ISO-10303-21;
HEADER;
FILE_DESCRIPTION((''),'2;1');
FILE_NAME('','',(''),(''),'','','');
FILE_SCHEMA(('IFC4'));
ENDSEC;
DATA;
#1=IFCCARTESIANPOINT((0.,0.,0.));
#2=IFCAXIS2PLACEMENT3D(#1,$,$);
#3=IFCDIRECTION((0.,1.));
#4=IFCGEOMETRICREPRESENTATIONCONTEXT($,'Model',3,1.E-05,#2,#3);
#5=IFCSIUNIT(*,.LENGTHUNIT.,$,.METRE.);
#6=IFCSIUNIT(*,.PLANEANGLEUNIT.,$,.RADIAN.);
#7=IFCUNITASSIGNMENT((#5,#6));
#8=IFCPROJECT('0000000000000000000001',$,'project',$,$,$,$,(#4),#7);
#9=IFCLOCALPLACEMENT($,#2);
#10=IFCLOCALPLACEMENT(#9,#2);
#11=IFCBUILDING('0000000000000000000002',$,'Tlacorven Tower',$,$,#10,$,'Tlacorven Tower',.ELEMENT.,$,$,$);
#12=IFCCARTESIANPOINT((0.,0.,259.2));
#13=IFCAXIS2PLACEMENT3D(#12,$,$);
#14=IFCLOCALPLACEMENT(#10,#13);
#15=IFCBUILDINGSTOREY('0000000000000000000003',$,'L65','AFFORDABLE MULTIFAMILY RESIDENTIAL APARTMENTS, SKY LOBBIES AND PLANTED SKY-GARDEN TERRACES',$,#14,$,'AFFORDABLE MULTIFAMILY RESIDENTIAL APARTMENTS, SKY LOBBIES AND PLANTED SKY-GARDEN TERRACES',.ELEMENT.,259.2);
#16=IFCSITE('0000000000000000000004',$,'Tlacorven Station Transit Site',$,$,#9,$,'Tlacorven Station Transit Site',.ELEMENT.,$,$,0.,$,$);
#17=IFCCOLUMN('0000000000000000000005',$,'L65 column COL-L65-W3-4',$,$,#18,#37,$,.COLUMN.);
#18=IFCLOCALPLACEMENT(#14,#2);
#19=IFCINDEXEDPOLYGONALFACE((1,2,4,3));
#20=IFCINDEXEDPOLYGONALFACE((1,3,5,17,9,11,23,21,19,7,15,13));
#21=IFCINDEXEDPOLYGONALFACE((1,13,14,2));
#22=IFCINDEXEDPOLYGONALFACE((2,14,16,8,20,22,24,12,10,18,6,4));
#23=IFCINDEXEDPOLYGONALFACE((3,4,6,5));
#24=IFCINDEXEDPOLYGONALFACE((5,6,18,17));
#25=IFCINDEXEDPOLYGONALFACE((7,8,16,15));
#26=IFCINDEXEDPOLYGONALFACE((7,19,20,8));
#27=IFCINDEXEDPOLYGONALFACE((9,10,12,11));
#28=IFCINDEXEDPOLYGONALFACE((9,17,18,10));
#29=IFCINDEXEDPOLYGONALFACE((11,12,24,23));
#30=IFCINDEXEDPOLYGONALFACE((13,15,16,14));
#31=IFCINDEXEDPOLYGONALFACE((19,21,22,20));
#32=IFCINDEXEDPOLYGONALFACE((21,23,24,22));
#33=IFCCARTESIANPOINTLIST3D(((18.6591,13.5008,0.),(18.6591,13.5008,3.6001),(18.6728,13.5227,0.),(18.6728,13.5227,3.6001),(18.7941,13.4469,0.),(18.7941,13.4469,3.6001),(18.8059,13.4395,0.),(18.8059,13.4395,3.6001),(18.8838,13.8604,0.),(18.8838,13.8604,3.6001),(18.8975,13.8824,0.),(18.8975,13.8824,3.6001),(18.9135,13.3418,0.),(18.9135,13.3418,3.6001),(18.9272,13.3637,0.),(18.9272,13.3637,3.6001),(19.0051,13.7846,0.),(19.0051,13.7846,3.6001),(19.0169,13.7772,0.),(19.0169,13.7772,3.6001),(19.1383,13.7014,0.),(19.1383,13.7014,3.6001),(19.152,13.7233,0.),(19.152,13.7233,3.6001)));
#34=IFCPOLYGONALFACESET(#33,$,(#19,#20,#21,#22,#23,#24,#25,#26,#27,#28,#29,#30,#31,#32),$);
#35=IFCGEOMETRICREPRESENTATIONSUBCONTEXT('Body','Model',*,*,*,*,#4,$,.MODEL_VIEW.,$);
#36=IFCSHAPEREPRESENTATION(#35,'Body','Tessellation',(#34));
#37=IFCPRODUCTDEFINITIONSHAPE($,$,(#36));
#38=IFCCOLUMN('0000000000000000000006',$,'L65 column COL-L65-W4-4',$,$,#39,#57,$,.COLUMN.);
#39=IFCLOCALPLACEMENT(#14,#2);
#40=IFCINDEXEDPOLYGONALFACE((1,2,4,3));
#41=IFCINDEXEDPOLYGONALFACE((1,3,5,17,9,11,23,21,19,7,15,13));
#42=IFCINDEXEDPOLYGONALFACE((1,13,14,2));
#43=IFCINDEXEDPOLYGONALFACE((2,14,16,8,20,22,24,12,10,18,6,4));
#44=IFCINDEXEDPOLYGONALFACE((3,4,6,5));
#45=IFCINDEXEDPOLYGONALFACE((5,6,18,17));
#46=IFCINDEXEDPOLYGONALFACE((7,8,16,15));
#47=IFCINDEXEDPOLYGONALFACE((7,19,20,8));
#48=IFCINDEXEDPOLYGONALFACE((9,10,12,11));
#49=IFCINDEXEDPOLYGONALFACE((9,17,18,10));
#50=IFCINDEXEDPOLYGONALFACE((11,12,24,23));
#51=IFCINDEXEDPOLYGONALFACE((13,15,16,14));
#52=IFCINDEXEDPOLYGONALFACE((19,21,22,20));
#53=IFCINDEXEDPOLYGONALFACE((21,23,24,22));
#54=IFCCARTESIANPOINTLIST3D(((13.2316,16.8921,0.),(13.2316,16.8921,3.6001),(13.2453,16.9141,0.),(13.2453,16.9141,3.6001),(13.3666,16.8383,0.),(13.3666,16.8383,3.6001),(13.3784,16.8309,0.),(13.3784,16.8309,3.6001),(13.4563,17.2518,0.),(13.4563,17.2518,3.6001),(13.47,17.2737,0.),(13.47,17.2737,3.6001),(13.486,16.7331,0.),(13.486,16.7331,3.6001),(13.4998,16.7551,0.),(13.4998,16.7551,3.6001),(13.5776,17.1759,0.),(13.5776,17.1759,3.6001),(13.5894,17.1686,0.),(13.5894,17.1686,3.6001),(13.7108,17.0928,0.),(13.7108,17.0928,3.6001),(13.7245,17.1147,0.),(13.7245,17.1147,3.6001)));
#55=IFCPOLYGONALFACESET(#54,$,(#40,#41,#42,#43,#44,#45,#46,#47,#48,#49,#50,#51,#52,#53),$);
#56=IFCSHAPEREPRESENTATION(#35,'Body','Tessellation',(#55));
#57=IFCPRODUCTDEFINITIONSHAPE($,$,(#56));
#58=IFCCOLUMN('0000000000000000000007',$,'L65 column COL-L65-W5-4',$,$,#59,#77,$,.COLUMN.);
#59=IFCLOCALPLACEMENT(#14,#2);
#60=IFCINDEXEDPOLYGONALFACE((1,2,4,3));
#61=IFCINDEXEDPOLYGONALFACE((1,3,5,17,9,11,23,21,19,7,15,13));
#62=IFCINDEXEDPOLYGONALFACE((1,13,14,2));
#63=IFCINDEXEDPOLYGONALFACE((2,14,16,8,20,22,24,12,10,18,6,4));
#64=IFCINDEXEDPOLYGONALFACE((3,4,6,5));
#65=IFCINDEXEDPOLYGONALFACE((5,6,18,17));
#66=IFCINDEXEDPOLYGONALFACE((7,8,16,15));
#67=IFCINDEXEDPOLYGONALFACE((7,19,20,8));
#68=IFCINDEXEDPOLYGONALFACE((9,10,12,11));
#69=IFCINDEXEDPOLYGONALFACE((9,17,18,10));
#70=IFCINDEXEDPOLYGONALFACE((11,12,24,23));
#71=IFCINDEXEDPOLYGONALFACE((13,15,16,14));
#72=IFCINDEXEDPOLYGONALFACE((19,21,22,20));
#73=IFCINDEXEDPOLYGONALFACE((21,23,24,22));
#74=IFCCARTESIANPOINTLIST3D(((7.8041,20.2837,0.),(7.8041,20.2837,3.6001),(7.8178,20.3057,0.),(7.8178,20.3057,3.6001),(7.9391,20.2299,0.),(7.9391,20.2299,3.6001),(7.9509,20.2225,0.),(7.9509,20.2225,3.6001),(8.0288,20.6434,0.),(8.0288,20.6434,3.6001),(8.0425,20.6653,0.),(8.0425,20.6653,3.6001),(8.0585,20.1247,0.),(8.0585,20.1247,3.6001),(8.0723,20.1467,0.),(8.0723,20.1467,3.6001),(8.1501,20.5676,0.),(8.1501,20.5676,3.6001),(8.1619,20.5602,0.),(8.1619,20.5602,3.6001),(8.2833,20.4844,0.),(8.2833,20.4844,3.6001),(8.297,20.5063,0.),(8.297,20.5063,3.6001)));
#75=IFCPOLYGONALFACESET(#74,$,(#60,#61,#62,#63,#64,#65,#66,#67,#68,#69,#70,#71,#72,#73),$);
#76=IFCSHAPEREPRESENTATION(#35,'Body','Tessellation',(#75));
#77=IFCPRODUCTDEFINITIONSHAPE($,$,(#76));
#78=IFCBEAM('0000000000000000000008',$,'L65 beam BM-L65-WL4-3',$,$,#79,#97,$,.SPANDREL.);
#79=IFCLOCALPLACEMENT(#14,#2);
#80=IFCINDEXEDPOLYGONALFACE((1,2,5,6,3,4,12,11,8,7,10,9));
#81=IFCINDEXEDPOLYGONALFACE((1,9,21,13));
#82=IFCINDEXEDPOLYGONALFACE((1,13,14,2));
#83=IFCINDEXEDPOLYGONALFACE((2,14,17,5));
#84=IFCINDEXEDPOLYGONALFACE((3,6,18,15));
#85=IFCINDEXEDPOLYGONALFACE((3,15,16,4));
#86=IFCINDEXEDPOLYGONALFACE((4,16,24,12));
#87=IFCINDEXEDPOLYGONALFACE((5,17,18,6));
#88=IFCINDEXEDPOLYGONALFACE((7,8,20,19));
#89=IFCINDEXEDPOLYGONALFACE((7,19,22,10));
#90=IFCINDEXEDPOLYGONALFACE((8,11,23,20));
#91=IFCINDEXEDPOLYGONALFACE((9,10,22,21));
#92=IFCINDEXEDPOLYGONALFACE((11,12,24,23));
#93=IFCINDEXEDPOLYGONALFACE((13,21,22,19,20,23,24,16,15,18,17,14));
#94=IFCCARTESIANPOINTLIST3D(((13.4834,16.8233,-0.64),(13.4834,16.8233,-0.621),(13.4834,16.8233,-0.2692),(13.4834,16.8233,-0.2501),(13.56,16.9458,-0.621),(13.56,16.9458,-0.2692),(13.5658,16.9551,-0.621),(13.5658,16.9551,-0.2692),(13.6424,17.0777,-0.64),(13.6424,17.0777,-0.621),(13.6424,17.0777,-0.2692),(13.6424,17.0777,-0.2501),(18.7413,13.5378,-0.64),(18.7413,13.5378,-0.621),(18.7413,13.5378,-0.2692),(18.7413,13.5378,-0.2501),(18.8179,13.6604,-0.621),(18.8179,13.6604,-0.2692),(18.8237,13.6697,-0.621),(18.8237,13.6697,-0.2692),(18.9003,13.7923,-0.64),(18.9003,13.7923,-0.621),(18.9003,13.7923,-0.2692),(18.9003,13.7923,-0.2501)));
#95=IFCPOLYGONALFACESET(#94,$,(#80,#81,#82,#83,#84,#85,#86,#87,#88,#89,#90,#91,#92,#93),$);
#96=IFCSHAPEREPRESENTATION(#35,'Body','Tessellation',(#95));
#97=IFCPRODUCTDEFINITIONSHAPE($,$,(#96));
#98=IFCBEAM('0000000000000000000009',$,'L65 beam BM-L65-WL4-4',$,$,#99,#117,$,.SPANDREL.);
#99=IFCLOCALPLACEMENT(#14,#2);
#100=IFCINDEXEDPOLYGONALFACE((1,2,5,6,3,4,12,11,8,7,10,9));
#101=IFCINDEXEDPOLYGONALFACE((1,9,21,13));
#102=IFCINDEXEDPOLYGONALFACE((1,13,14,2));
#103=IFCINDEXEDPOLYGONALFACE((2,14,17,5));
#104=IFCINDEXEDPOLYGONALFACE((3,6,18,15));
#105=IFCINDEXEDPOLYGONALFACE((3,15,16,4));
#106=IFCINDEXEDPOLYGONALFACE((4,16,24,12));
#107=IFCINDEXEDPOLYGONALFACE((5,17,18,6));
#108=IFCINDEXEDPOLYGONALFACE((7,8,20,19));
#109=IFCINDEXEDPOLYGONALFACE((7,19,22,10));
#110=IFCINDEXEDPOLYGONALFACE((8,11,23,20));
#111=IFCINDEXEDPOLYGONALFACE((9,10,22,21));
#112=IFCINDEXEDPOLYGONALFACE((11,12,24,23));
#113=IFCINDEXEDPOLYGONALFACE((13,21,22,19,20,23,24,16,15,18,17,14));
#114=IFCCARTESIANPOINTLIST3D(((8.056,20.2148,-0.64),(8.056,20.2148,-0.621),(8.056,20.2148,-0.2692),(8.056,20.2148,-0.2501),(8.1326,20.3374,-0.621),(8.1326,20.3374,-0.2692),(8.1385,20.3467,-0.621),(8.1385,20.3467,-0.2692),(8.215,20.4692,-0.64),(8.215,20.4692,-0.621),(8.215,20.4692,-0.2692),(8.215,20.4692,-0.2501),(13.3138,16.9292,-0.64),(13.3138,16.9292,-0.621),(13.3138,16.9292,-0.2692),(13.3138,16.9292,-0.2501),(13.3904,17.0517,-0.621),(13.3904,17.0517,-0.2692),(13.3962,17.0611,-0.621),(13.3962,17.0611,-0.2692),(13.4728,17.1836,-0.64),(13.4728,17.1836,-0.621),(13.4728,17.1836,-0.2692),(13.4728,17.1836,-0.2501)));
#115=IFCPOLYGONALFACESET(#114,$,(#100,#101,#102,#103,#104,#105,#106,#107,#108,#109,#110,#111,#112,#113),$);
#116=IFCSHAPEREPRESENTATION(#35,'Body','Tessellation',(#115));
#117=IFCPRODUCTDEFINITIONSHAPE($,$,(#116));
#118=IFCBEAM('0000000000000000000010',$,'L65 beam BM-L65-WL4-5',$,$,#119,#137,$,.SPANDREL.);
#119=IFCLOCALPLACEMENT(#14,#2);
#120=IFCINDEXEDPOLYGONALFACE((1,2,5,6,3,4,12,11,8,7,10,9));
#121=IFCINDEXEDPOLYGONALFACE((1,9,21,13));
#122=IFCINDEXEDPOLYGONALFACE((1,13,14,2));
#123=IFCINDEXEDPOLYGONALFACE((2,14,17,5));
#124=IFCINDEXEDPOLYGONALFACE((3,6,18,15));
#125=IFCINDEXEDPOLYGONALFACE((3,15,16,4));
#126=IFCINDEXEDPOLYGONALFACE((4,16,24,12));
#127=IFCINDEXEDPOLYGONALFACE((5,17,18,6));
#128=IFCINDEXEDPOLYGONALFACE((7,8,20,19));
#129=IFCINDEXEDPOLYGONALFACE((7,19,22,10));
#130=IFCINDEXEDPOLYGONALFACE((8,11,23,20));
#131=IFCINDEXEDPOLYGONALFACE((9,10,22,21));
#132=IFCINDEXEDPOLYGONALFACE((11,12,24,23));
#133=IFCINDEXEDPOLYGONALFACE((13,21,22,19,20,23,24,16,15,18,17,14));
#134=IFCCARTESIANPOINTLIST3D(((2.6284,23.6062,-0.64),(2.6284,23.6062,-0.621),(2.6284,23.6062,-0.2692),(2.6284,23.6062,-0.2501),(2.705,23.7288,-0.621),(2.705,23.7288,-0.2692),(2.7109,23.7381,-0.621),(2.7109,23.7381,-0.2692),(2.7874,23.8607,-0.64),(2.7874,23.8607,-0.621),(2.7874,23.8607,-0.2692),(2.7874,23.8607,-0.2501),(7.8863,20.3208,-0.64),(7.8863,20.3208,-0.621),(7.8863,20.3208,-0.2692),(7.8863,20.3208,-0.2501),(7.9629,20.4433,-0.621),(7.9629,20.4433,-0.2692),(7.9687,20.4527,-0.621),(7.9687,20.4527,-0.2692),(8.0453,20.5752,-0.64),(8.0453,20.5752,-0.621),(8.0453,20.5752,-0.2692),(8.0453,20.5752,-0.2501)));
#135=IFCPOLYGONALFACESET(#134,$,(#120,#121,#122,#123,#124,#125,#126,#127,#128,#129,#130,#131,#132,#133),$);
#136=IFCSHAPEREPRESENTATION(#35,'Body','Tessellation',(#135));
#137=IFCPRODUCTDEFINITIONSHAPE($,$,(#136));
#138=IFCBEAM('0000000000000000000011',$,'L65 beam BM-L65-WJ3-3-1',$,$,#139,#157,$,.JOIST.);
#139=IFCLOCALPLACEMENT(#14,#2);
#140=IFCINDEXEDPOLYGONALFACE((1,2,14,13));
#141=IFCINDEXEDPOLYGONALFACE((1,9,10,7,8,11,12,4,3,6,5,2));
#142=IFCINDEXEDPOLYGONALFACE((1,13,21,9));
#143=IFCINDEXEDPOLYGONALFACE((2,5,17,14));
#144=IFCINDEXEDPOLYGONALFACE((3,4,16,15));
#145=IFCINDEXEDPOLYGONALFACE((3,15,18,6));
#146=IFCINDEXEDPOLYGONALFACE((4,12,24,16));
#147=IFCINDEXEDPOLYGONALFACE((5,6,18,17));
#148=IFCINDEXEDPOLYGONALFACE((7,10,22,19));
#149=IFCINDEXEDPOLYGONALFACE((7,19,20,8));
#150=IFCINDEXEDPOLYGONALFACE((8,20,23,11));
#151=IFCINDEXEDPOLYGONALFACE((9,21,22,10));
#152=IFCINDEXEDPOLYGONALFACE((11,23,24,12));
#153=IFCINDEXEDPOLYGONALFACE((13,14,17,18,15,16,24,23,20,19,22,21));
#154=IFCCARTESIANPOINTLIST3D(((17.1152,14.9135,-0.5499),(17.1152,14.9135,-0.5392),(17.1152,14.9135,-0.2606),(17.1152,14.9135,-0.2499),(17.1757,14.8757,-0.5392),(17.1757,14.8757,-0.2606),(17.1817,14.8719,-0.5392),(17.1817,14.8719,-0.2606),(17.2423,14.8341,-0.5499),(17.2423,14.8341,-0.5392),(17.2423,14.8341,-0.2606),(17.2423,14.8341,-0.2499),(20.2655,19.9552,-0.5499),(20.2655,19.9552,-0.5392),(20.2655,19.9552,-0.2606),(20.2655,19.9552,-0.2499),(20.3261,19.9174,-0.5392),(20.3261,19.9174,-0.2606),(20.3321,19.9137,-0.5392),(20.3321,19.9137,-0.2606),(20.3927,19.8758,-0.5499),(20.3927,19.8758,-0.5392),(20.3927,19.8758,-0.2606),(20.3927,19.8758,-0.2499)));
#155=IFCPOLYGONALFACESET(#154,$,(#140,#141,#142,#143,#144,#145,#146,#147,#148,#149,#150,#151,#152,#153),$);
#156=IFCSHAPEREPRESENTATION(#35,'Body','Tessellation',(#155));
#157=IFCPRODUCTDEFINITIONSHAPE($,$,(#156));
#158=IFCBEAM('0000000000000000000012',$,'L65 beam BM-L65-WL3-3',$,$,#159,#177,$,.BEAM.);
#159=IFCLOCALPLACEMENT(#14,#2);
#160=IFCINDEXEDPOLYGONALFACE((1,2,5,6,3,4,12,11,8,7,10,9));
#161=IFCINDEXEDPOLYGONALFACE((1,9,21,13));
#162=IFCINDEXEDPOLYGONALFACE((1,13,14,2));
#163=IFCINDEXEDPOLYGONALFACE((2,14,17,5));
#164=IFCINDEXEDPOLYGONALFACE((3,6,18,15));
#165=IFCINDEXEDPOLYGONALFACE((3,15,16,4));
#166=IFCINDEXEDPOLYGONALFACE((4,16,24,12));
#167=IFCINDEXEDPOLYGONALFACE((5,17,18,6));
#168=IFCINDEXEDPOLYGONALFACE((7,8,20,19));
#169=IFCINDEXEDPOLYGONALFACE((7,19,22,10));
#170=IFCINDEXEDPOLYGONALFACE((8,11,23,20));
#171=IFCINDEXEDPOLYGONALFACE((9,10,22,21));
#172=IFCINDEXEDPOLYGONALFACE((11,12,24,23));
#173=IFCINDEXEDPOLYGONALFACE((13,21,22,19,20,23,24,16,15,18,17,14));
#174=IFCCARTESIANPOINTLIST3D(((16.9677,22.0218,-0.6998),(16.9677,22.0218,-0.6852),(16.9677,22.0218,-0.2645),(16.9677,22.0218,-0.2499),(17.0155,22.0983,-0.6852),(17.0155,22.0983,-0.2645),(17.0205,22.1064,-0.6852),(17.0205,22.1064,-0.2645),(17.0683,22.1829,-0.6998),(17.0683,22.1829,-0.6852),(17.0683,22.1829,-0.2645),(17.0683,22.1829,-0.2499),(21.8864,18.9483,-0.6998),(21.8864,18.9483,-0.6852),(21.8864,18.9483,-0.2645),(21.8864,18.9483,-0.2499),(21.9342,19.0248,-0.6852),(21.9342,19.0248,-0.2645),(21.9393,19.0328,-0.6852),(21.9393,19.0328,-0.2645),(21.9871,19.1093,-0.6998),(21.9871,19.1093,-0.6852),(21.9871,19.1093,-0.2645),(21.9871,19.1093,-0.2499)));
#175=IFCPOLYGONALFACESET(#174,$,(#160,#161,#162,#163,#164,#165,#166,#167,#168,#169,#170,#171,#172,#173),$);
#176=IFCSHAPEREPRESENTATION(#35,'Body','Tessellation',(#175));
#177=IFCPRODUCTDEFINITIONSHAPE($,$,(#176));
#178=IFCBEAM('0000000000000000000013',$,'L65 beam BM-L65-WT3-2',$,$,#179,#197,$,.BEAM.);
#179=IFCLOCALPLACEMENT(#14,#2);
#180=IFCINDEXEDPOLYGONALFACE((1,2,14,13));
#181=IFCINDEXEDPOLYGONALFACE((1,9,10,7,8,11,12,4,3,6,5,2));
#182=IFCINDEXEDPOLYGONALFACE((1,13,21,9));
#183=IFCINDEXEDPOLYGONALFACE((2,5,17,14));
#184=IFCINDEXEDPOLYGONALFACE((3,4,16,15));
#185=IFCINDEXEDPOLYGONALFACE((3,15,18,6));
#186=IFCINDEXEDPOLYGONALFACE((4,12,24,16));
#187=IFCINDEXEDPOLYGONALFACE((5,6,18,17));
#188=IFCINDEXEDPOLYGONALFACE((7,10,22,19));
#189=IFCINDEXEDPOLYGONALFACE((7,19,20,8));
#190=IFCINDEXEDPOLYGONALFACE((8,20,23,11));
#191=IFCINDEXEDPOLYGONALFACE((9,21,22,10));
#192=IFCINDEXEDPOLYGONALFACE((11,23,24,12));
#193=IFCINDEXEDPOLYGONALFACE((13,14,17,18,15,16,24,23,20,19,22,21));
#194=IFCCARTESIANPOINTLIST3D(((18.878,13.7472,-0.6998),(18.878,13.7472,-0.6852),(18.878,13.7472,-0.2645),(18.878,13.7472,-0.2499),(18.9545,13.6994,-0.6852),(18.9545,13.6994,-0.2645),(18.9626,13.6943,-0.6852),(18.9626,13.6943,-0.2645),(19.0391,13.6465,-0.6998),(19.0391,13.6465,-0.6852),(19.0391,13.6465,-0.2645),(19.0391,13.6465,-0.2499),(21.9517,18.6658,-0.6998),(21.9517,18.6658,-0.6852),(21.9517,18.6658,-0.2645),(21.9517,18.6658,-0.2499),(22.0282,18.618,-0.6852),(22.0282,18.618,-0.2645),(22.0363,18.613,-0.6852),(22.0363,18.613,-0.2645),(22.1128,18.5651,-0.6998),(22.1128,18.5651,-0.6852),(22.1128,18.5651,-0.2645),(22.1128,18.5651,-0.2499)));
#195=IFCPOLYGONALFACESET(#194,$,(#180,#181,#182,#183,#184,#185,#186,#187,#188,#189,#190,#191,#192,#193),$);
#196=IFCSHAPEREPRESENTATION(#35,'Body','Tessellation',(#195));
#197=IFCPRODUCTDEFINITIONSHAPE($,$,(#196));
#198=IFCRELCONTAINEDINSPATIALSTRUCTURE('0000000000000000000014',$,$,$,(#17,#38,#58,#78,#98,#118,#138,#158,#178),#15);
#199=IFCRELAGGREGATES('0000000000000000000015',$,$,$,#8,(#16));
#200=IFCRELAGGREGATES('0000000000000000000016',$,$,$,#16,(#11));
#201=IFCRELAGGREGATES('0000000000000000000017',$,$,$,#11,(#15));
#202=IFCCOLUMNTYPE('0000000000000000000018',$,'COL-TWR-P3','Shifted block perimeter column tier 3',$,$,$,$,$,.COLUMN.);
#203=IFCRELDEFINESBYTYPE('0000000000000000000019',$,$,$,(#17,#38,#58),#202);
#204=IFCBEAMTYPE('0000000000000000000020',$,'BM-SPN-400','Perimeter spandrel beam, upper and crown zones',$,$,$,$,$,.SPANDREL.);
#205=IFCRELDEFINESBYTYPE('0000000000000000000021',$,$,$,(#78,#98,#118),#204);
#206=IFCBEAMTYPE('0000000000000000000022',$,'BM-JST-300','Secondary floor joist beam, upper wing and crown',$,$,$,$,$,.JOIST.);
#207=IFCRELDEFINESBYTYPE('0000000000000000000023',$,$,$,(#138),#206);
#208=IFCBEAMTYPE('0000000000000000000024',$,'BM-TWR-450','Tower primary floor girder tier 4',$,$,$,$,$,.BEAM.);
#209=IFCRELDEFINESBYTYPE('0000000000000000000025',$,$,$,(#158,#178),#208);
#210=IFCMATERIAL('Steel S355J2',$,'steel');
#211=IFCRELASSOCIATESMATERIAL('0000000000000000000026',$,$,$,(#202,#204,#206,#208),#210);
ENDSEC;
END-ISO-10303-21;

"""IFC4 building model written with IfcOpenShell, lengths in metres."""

from ifc_helpers import new_model, si_unit, direction, frame, origin, origin_2d, place, context, subcontext, project, spatial, i_section, extrude, source, transform, mapped, material, material_profile, profile_set, type_object, element, save


model = new_model("IFC4")

# Units and contexts
model_context = context("Model", 3, precision=1e-05, world=origin(), true_north=direction((0.0, 1.0)))
body_context = subcontext(model_context, "Body", "Model", "MODEL_VIEW")
ifc_project = project(units=[si_unit("LENGTHUNIT", "METRE"), si_unit("PLANEANGLEUNIT", "RADIAN")], contexts=[model_context])

# Site, building, storey
site_placement = place(None, origin())
site = spatial("IfcSite", under=ifc_project, at=site_placement, Name="Tlacorven Station Transit Site", LongName="Tlacorven Station Transit Site", CompositionType="ELEMENT", RefElevation=0.0)
building_placement = place(site_placement, origin())
building = spatial("IfcBuilding", under=site, at=building_placement, Name="Tlacorven Tower", LongName="Tlacorven Tower", CompositionType="ELEMENT")
storey_placement = place(building_placement, frame((0.0, 0.0, 259.2)))
storey = spatial("IfcBuildingStorey", under=building, at=storey_placement, Name="L65", Description="AFFORDABLE MULTIFAMILY RESIDENTIAL APARTMENTS, SKY LOBBIES AND PLANTED SKY-GARDEN TERRACES", LongName="AFFORDABLE MULTIFAMILY RESIDENTIAL APARTMENTS, SKY LOBBIES AND PLANTED SKY-GARDEN TERRACES", CompositionType="ELEMENT", Elevation=259.2)

# Columns
ifc_material_1 = material(Name="Steel S355J2", Category="steel")
ifc_material_profile_1 = material_profile(ifc_material_1, i_section(OverallWidth=0.3, OverallDepth=0.45, WebThickness=0.0139, FlangeThickness=0.0259, at=origin_2d()), Name="HEB 450")
ifc_profile_set_1 = profile_set([ifc_material_profile_1], Name="Steel S355J2")
column_type = type_object("IfcColumnType", Name="COL-TWR-P3", Description="Shifted block perimeter column tier 3", PredefinedType="COLUMN", material=ifc_profile_set_1)
shared_shape_1 = source(origin(), body_context, "Body", "SweptSolid", [
    extrude(i_section(OverallWidth=0.3, OverallDepth=0.45, WebThickness=0.0139, FlangeThickness=0.0259, at=origin_2d()), origin(), (0.0, 0.0, 1.0), 3.6001),
])
for number, where, z_axis, x_axis, name in (
    (1, (18.9055, 13.6121, 0.0), (0.0, 0.0, 1.0), (-0.848048, 0.529919, 0.0), "L65 column COL-L65-W3-4"),
    (2, (13.478, 17.0034, 0.0), (0.0, 0.0, 1.0), (-0.848048, 0.529919, 0.0), "L65 column COL-L65-W4-4"),
    (3, (8.0505, 20.395, 0.0), (0.0, 0.0, 1.0), (-0.848048, 0.529919, 0.0), "L65 column COL-L65-W5-4"),
):
    element("IfcColumn", number, at=place(storey_placement, frame(where, z_axis=z_axis, x_axis=x_axis)), inside=storey, type_object=column_type, Name=name, PredefinedType="COLUMN", context=body_context, shape_type="MappedRepresentation", body=[
        mapped(shared_shape_1, transform((0.0, 0.0, 0.0), scale=1.0)),
    ])

# Beams
ifc_material_profile_2 = material_profile(ifc_material_1, i_section(OverallWidth=0.3, OverallDepth=0.3899, WebThickness=0.011, FlangeThickness=0.019, at=origin_2d()), Name="HEA 400")
ifc_profile_set_2 = profile_set([ifc_material_profile_2], Name="Steel S355J2")
beam_type_1 = type_object("IfcBeamType", Name="BM-SPN-400", Description="Perimeter spandrel beam, upper and crown zones", PredefinedType="SPANDREL", material=ifc_profile_set_2)
shared_shape_2 = source(origin(), body_context, "Body", "SweptSolid", [
    extrude(i_section(OverallWidth=0.3, OverallDepth=0.3899, WebThickness=0.011, FlangeThickness=0.019, at=origin_2d()), origin(), (0.0, 0.0, 1.0), 6.2),
])
for number, where, z_axis, x_axis, name in (
    (4, (18.8208, 13.665, -0.4451), (-0.848051, 0.529914, 0.0), (-0.529914, -0.848051, 0.0), "L65 beam BM-L65-WL4-3"),
    (5, (13.3933, 17.0564, -0.4451), (-0.848034, 0.529942, 0.0), (-0.529942, -0.848034, 0.0), "L65 beam BM-L65-WL4-4"),
    (6, (7.9658, 20.448, -0.4451), (-0.848051, 0.529914, 0.0), (-0.529914, -0.848051, 0.0), "L65 beam BM-L65-WL4-5"),
):
    element("IfcBeam", number, at=place(storey_placement, frame(where, z_axis=z_axis, x_axis=x_axis)), inside=storey, type_object=beam_type_1, Name=name, PredefinedType="SPANDREL", context=body_context, shape_type="MappedRepresentation", body=[
        mapped(shared_shape_2, transform((0.0, 0.0, 0.0), scale=1.0)),
    ])
ifc_material_profile_3 = material_profile(ifc_material_1, i_section(OverallWidth=0.1499, OverallDepth=0.3, WebThickness=0.0071, FlangeThickness=0.0107, at=origin_2d()), Name="IPE 300")
ifc_profile_set_3 = profile_set([ifc_material_profile_3], Name="Steel S355J2")
beam_type_2 = type_object("IfcBeamType", Name="BM-JST-300", Description="Secondary floor joist beam, upper wing and crown", PredefinedType="JOIST", material=ifc_profile_set_3)
shared_shape_3 = source(origin(), body_context, "Body", "SweptSolid", [
    extrude(i_section(OverallWidth=0.1499, OverallDepth=0.3, WebThickness=0.0071, FlangeThickness=0.0107, at=origin_2d()), origin(), (0.0, 0.0, 1.0), 5.9451),
])
beam_placement = place(storey_placement, frame((20.3291, 19.9155, -0.3999), z_axis=(-0.529914, -0.848051, 0.0), x_axis=(0.848051, -0.529914, 0.0)))
element("IfcBeam", 7, at=beam_placement, inside=storey, type_object=beam_type_2, Name="L65 beam BM-L65-WJ3-3-1", PredefinedType="JOIST", context=body_context, shape_type="MappedRepresentation", body=[
    mapped(shared_shape_3, transform((0.0, 0.0, 0.0), scale=1.0)),
])
ifc_material_profile_4 = material_profile(ifc_material_1, i_section(OverallWidth=0.1899, OverallDepth=0.45, WebThickness=0.0095, FlangeThickness=0.0146, at=origin_2d()), Name="IPE 450")
ifc_profile_set_4 = profile_set([ifc_material_profile_4], Name="Steel S355J2")
beam_type_3 = type_object("IfcBeamType", Name="BM-TWR-450", Description="Tower primary floor girder tier 4", PredefinedType="BEAM", material=ifc_profile_set_4)
shared_shape_4 = source(origin(), body_context, "Body", "SweptSolid", [
    extrude(i_section(OverallWidth=0.1899, OverallDepth=0.45, WebThickness=0.0095, FlangeThickness=0.0146, at=origin_2d()), origin(), (0.0, 0.0, 1.0), 5.8),
])
for number, where, z_axis, x_axis, name in (
    (8, (21.9368, 19.0288, -0.4749), (-0.848053, 0.529912, 0.0), (-0.529912, -0.848053, 0.0), "L65 beam BM-L65-WL3-3"),
    (9, (22.0322, 18.6155, -0.4749), (-0.529942, -0.848034, 0.0), (0.848034, -0.529942, 0.0), "L65 beam BM-L65-WT3-2"),
):
    element("IfcBeam", number, at=place(storey_placement, frame(where, z_axis=z_axis, x_axis=x_axis)), inside=storey, type_object=beam_type_3, Name=name, PredefinedType="BEAM", context=body_context, shape_type="MappedRepresentation", body=[
        mapped(shared_shape_4, transform((0.0, 0.0, 0.0), scale=1.0)),
    ])

save(model, "model.ifc")
